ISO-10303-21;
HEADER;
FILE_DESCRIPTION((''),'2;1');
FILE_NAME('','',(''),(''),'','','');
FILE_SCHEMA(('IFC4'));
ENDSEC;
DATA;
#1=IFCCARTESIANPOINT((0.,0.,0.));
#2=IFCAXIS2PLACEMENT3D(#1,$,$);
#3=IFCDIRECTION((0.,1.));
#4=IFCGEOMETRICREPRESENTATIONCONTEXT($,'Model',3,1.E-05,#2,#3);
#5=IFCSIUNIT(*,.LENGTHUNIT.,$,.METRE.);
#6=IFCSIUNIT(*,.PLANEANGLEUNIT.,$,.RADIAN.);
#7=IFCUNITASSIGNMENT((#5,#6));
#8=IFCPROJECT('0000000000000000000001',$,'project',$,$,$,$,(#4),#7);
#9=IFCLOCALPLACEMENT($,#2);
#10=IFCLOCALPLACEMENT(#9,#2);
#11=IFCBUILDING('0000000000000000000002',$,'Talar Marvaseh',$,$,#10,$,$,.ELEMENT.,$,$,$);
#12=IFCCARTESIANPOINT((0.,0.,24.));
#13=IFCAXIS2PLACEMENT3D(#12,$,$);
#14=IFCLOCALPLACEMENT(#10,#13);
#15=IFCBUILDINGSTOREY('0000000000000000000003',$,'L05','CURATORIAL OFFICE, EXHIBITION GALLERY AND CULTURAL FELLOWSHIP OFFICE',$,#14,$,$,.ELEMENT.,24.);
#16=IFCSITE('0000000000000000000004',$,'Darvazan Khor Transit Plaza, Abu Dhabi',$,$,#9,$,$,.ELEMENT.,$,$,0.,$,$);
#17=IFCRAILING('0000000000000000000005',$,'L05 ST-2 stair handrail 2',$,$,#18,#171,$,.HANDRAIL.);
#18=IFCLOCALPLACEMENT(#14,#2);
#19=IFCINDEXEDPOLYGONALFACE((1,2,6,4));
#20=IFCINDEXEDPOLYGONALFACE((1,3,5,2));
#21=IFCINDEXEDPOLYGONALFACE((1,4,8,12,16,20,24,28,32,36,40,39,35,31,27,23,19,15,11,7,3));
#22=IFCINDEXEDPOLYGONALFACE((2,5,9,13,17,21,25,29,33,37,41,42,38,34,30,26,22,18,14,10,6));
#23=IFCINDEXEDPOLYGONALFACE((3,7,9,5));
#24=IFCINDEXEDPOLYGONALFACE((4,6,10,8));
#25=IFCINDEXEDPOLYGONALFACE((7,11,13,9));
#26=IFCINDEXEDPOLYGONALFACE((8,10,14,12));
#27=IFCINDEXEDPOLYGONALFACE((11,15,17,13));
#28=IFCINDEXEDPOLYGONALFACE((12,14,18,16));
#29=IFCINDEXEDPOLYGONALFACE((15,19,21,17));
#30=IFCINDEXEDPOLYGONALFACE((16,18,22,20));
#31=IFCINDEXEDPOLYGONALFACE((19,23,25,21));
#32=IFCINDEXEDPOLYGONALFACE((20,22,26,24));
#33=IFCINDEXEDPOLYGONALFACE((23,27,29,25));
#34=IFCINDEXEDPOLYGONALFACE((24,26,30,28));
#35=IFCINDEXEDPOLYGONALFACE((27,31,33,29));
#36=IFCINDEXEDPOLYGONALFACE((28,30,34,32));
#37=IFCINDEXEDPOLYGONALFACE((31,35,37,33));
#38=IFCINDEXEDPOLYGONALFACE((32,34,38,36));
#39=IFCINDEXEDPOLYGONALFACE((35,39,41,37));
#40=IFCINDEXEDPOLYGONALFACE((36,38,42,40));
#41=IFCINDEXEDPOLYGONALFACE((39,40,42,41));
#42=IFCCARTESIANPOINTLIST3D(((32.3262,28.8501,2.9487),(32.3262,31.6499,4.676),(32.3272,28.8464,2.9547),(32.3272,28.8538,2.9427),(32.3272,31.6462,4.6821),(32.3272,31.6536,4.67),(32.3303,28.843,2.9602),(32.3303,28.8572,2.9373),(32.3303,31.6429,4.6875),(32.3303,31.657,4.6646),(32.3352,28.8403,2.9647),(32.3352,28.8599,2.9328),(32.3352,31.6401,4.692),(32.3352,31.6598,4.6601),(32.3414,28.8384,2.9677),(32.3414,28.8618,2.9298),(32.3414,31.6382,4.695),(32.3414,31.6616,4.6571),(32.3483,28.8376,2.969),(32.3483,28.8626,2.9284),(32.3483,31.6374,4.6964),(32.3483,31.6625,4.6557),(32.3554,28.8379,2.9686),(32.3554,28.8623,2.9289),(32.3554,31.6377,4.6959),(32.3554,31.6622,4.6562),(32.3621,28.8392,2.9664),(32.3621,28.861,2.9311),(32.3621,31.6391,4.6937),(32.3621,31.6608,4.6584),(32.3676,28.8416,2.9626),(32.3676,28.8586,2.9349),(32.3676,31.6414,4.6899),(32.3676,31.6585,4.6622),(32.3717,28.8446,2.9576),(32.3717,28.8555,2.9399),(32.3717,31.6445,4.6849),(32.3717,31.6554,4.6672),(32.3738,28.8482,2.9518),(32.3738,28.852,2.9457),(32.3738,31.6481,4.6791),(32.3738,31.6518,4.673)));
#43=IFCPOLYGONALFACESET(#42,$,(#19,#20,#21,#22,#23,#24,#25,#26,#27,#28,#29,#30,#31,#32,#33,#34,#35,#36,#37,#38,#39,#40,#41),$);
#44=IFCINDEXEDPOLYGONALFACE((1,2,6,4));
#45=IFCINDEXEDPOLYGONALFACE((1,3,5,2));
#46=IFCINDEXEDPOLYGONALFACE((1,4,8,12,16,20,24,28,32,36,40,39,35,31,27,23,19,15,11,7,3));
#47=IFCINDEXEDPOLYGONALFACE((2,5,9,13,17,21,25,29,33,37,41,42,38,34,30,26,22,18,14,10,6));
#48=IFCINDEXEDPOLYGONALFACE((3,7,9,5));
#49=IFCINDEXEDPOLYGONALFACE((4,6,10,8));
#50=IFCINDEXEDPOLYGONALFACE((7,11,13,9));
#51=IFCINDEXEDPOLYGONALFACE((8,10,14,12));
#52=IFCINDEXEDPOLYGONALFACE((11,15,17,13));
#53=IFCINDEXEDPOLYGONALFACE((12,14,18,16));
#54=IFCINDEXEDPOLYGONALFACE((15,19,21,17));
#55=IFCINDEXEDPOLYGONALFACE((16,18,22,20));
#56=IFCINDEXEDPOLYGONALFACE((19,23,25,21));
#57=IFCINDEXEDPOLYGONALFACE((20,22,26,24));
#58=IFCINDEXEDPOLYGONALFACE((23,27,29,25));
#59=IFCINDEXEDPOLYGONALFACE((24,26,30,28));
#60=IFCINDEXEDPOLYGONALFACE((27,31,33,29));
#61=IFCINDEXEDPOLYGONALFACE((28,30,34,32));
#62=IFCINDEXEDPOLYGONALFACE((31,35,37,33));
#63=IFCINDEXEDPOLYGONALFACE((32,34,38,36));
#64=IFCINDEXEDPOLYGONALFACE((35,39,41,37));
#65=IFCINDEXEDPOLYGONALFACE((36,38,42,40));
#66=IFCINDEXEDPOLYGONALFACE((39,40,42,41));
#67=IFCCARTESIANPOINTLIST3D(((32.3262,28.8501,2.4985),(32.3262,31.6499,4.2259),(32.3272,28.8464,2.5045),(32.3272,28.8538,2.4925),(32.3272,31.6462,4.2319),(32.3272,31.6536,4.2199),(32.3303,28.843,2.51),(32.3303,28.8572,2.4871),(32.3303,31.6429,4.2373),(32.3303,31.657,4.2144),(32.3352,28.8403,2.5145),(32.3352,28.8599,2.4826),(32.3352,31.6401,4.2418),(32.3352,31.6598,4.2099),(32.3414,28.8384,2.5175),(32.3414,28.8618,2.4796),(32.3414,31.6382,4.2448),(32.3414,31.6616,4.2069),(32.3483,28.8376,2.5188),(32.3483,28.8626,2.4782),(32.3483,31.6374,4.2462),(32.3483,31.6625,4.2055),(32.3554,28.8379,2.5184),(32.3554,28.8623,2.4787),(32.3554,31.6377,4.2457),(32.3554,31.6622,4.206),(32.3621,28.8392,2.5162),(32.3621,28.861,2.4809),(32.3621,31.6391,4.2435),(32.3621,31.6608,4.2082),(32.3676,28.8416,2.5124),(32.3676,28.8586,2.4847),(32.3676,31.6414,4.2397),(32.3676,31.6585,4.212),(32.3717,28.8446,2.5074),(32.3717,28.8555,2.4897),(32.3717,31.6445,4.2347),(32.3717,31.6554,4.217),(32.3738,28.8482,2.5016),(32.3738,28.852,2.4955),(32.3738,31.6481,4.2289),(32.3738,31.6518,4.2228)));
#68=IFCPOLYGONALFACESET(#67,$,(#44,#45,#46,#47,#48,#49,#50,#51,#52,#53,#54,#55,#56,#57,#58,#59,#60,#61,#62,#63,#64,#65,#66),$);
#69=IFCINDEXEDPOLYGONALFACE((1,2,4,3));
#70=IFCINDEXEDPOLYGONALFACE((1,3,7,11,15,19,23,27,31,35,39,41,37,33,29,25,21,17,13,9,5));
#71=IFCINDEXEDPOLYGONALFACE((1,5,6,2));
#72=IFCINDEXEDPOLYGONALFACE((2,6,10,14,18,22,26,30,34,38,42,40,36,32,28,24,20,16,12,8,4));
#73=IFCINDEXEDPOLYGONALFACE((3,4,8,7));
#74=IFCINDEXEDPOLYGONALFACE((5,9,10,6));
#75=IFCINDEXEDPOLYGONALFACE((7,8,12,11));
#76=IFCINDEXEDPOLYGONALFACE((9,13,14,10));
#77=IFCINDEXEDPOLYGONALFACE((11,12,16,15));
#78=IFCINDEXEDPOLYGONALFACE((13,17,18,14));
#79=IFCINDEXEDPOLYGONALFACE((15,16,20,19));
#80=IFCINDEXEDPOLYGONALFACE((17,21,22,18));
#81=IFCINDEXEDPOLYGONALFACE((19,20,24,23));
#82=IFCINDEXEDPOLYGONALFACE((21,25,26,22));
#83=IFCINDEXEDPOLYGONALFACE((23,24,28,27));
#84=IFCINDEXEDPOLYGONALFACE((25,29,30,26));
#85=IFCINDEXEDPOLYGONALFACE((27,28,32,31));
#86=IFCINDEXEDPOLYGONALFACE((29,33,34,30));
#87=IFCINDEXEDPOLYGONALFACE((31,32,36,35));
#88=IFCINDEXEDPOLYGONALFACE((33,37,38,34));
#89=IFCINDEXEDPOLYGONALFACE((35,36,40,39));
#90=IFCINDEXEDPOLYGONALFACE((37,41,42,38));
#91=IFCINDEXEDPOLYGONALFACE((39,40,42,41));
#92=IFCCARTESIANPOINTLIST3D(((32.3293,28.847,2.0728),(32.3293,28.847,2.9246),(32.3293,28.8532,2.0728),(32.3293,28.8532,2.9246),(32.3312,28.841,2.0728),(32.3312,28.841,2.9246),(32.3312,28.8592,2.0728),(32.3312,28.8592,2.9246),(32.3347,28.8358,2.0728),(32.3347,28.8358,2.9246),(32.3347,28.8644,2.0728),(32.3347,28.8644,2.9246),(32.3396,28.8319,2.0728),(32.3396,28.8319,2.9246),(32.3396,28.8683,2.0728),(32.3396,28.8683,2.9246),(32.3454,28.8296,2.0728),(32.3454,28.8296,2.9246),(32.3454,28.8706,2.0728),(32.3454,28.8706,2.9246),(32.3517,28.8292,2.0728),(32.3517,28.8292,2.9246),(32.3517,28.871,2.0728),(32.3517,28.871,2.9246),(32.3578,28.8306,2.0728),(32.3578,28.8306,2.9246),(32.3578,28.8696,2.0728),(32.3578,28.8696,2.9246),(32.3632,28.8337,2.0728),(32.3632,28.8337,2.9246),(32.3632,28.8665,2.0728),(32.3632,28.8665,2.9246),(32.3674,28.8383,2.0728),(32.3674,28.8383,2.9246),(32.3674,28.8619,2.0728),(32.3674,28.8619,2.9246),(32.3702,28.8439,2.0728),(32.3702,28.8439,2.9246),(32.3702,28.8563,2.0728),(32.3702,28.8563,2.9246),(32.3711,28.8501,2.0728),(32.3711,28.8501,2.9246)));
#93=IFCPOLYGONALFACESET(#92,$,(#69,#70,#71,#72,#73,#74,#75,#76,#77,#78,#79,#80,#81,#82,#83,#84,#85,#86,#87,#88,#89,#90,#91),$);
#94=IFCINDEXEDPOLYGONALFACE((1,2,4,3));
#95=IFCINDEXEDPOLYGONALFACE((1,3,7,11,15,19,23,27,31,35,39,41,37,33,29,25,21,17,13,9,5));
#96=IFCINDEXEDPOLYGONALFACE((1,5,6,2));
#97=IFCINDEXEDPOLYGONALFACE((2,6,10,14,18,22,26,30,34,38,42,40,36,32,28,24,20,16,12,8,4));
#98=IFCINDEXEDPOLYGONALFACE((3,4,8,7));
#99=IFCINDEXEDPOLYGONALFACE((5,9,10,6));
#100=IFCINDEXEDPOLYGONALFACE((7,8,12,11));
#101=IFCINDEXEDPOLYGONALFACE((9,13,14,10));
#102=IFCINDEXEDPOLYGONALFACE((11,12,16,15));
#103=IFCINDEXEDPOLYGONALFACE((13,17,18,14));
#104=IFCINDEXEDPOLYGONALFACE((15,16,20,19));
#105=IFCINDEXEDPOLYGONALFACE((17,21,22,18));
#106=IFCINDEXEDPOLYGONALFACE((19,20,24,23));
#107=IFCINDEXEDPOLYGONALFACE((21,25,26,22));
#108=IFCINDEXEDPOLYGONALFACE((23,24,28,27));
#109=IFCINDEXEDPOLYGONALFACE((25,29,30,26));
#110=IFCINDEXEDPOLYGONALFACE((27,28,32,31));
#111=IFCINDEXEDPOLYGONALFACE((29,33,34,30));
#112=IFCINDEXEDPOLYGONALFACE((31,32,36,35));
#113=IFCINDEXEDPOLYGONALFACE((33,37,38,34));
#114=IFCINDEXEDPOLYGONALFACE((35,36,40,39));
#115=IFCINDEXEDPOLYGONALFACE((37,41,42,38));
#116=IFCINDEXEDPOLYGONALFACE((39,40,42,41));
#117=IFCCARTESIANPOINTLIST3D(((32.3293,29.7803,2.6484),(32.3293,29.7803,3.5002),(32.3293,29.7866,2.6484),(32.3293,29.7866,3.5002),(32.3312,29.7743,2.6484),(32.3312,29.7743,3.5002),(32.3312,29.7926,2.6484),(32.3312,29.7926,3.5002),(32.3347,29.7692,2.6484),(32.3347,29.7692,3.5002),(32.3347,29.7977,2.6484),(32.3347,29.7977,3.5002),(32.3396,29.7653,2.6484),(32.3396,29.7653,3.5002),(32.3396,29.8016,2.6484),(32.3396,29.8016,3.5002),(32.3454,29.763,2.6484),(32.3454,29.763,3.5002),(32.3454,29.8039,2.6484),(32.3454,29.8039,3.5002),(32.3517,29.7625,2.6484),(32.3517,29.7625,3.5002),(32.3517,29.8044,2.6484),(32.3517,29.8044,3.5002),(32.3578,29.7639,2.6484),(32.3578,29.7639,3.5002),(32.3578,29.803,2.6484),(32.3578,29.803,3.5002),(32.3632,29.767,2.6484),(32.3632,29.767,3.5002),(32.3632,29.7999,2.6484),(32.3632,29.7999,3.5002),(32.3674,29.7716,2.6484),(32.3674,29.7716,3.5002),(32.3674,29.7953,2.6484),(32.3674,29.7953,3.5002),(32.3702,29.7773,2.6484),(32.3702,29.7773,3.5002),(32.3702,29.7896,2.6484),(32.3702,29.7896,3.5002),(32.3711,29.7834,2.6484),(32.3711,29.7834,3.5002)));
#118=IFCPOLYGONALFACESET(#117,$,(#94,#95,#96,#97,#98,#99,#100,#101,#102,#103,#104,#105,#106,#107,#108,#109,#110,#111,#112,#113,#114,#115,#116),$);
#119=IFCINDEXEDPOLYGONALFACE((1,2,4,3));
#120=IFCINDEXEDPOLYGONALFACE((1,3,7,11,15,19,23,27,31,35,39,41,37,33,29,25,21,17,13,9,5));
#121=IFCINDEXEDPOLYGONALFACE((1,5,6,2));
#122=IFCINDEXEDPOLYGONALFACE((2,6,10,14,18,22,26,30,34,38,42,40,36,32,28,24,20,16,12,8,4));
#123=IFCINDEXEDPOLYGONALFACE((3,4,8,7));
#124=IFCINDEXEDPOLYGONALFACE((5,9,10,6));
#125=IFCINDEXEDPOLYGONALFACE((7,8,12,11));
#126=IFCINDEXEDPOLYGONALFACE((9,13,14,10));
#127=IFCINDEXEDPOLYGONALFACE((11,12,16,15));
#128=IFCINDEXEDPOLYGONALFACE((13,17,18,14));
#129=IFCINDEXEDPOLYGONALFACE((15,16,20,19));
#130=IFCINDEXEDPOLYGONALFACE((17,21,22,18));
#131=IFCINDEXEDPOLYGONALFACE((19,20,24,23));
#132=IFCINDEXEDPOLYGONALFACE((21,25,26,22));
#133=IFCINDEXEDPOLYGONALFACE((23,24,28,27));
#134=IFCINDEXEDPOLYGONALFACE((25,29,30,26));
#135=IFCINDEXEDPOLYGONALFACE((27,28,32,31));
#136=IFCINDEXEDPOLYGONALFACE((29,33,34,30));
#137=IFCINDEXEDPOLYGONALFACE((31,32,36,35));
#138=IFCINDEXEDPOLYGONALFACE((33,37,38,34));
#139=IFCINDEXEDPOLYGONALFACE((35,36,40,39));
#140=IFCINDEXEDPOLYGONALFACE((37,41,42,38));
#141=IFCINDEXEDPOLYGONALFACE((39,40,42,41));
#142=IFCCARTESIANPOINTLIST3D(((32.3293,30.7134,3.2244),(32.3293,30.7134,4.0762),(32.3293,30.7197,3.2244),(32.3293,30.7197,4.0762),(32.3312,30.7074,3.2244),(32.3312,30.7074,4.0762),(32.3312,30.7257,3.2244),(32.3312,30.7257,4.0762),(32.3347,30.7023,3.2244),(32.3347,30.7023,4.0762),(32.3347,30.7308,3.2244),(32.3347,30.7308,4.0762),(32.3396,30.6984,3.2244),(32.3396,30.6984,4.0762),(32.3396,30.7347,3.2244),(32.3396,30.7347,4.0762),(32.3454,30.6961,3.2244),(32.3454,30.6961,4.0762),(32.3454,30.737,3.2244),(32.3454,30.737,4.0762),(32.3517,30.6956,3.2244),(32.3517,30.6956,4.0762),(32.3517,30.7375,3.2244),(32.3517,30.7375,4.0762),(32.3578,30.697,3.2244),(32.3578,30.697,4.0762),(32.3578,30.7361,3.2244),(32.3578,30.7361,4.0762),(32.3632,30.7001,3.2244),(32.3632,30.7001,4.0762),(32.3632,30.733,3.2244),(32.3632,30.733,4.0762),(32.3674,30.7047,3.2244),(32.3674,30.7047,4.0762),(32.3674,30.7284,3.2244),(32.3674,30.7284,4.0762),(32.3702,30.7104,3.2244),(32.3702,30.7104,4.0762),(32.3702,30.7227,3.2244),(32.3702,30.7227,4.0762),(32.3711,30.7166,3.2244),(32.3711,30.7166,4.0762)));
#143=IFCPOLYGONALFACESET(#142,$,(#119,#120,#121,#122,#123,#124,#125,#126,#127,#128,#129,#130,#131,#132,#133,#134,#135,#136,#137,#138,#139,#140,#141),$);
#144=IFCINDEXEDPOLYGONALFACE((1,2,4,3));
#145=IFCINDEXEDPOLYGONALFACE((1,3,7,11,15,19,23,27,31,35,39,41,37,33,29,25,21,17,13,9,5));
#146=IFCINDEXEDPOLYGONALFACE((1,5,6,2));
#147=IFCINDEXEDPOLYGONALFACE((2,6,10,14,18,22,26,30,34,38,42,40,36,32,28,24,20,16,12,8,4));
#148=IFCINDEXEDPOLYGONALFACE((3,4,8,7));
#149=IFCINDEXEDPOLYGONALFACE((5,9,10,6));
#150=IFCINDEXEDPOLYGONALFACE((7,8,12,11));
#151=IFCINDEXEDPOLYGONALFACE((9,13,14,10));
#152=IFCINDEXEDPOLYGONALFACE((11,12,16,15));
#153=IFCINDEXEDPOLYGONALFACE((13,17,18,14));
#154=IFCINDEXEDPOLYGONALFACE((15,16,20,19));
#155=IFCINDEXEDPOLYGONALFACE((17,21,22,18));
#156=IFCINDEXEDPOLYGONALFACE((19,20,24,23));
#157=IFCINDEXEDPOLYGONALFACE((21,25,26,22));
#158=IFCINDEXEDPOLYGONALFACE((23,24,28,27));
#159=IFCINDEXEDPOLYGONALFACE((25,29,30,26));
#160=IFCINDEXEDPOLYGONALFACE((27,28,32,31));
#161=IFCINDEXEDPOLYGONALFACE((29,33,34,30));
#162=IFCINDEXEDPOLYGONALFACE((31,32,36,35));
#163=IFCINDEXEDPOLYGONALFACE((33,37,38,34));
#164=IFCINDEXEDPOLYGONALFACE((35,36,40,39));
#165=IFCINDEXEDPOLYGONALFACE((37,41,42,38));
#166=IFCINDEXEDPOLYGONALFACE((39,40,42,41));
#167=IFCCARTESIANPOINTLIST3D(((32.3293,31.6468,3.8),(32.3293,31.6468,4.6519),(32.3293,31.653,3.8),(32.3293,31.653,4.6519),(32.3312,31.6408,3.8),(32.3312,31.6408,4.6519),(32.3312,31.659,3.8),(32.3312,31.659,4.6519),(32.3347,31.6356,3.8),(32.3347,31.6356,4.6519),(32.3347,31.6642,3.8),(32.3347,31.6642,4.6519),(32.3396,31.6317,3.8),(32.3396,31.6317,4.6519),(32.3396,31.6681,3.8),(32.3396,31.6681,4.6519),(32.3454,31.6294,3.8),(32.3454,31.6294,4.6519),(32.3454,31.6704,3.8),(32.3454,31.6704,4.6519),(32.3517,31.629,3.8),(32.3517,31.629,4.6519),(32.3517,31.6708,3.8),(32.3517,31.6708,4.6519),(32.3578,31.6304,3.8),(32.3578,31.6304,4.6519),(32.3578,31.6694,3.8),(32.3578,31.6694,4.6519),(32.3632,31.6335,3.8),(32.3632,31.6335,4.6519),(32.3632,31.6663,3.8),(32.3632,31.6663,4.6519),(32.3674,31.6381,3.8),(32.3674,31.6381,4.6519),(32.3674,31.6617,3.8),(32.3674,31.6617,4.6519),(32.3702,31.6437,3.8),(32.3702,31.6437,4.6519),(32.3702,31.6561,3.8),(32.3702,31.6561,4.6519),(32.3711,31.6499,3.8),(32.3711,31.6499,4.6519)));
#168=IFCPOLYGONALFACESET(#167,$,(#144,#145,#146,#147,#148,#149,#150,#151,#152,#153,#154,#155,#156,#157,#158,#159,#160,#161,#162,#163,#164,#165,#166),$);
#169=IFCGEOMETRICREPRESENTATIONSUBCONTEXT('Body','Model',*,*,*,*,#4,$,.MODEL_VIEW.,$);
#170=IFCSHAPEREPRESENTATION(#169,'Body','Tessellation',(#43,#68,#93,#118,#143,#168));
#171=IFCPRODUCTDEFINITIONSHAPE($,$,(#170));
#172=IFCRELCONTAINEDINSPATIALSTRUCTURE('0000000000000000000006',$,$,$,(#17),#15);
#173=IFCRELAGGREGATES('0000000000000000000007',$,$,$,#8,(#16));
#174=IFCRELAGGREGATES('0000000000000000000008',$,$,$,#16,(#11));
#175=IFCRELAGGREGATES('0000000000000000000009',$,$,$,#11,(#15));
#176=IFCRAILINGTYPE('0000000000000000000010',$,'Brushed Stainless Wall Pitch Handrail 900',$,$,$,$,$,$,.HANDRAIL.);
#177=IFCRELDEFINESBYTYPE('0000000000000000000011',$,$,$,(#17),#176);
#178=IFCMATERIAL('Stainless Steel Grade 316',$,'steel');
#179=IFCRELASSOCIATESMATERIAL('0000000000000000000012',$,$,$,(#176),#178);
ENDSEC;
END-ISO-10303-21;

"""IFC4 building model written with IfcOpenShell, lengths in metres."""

from ifc_helpers import new_model, si_unit, direction, frame, origin, origin_2d, place, context, subcontext, project, spatial, circle, extrude, material, type_object, element, save


model = new_model("IFC4")

# Units and contexts
model_context = context("Model", 3, precision=1e-05, world=origin(), true_north=direction((0.0, 1.0)))
body_context = subcontext(model_context, "Body", "Model", "MODEL_VIEW")
ifc_project = project(units=[si_unit("LENGTHUNIT", "METRE"), si_unit("PLANEANGLEUNIT", "RADIAN")], contexts=[model_context])

# Site, building, storey
site_placement = place(None, origin())
site = spatial("IfcSite", under=ifc_project, at=site_placement, Name="Darvazan Khor Transit Plaza, Abu Dhabi", CompositionType="ELEMENT", RefElevation=0.0)
building_placement = place(site_placement, origin())
building = spatial("IfcBuilding", under=site, at=building_placement, Name="Talar Marvaseh", CompositionType="ELEMENT")
storey_placement = place(building_placement, frame((0.0, 0.0, 24.0)))
storey = spatial("IfcBuildingStorey", under=building, at=storey_placement, Name="L05", Description="CURATORIAL OFFICE, EXHIBITION GALLERY AND CULTURAL FELLOWSHIP OFFICE", CompositionType="ELEMENT", Elevation=24.0)

# Shared definitions
ifc_material_1 = material(Name="Stainless Steel Grade 316", Category="steel")

# Railing
railing_type_1 = type_object("IfcRailingType", Name="Brushed Stainless Wall Pitch Handrail 900", PredefinedType="HANDRAIL", material=ifc_material_1)
railing_1_placement = place(storey_placement, frame((32.3501, 28.8501, 2.0728)))
element("IfcRailing", 1, at=railing_1_placement, inside=storey, type_object=railing_type_1, Name="L05 ST-2 stair handrail 2", PredefinedType="HANDRAIL", context=body_context, shape_type="SweptSolid", body=[
    extrude(circle(Radius=0.0239, at=origin_2d()), frame((0.0, 0.0, 0.876), z_axis=(0.0, 0.851069, 0.525054), x_axis=(-1.0, 0.0, 0.0)), (0.0, 0.0, 1.0), 3.2898),
    extrude(circle(Radius=0.0239, at=origin_2d()), frame((0.0, 0.0, 0.4258), z_axis=(0.0, 0.851069, 0.525054), x_axis=(-1.0, 0.0, 0.0)), (0.0, 0.0, 1.0), 3.2898),
    extrude(circle(Radius=0.021, at=origin_2d()), origin(), (0.0, 0.0, 1.0), 0.8518),
    extrude(circle(Radius=0.021, at=origin_2d()), frame((0.0, 0.9333, 0.5757)), (0.0, 0.0, 1.0), 0.8518),
    extrude(circle(Radius=0.021, at=origin_2d()), frame((0.0, 1.8665, 1.1516)), (0.0, 0.0, 1.0), 0.8518),
    extrude(circle(Radius=0.021, at=origin_2d()), frame((0.0, 2.7998, 1.7273)), (0.0, 0.0, 1.0), 0.8518),
])

save(model, "model.ifc")
